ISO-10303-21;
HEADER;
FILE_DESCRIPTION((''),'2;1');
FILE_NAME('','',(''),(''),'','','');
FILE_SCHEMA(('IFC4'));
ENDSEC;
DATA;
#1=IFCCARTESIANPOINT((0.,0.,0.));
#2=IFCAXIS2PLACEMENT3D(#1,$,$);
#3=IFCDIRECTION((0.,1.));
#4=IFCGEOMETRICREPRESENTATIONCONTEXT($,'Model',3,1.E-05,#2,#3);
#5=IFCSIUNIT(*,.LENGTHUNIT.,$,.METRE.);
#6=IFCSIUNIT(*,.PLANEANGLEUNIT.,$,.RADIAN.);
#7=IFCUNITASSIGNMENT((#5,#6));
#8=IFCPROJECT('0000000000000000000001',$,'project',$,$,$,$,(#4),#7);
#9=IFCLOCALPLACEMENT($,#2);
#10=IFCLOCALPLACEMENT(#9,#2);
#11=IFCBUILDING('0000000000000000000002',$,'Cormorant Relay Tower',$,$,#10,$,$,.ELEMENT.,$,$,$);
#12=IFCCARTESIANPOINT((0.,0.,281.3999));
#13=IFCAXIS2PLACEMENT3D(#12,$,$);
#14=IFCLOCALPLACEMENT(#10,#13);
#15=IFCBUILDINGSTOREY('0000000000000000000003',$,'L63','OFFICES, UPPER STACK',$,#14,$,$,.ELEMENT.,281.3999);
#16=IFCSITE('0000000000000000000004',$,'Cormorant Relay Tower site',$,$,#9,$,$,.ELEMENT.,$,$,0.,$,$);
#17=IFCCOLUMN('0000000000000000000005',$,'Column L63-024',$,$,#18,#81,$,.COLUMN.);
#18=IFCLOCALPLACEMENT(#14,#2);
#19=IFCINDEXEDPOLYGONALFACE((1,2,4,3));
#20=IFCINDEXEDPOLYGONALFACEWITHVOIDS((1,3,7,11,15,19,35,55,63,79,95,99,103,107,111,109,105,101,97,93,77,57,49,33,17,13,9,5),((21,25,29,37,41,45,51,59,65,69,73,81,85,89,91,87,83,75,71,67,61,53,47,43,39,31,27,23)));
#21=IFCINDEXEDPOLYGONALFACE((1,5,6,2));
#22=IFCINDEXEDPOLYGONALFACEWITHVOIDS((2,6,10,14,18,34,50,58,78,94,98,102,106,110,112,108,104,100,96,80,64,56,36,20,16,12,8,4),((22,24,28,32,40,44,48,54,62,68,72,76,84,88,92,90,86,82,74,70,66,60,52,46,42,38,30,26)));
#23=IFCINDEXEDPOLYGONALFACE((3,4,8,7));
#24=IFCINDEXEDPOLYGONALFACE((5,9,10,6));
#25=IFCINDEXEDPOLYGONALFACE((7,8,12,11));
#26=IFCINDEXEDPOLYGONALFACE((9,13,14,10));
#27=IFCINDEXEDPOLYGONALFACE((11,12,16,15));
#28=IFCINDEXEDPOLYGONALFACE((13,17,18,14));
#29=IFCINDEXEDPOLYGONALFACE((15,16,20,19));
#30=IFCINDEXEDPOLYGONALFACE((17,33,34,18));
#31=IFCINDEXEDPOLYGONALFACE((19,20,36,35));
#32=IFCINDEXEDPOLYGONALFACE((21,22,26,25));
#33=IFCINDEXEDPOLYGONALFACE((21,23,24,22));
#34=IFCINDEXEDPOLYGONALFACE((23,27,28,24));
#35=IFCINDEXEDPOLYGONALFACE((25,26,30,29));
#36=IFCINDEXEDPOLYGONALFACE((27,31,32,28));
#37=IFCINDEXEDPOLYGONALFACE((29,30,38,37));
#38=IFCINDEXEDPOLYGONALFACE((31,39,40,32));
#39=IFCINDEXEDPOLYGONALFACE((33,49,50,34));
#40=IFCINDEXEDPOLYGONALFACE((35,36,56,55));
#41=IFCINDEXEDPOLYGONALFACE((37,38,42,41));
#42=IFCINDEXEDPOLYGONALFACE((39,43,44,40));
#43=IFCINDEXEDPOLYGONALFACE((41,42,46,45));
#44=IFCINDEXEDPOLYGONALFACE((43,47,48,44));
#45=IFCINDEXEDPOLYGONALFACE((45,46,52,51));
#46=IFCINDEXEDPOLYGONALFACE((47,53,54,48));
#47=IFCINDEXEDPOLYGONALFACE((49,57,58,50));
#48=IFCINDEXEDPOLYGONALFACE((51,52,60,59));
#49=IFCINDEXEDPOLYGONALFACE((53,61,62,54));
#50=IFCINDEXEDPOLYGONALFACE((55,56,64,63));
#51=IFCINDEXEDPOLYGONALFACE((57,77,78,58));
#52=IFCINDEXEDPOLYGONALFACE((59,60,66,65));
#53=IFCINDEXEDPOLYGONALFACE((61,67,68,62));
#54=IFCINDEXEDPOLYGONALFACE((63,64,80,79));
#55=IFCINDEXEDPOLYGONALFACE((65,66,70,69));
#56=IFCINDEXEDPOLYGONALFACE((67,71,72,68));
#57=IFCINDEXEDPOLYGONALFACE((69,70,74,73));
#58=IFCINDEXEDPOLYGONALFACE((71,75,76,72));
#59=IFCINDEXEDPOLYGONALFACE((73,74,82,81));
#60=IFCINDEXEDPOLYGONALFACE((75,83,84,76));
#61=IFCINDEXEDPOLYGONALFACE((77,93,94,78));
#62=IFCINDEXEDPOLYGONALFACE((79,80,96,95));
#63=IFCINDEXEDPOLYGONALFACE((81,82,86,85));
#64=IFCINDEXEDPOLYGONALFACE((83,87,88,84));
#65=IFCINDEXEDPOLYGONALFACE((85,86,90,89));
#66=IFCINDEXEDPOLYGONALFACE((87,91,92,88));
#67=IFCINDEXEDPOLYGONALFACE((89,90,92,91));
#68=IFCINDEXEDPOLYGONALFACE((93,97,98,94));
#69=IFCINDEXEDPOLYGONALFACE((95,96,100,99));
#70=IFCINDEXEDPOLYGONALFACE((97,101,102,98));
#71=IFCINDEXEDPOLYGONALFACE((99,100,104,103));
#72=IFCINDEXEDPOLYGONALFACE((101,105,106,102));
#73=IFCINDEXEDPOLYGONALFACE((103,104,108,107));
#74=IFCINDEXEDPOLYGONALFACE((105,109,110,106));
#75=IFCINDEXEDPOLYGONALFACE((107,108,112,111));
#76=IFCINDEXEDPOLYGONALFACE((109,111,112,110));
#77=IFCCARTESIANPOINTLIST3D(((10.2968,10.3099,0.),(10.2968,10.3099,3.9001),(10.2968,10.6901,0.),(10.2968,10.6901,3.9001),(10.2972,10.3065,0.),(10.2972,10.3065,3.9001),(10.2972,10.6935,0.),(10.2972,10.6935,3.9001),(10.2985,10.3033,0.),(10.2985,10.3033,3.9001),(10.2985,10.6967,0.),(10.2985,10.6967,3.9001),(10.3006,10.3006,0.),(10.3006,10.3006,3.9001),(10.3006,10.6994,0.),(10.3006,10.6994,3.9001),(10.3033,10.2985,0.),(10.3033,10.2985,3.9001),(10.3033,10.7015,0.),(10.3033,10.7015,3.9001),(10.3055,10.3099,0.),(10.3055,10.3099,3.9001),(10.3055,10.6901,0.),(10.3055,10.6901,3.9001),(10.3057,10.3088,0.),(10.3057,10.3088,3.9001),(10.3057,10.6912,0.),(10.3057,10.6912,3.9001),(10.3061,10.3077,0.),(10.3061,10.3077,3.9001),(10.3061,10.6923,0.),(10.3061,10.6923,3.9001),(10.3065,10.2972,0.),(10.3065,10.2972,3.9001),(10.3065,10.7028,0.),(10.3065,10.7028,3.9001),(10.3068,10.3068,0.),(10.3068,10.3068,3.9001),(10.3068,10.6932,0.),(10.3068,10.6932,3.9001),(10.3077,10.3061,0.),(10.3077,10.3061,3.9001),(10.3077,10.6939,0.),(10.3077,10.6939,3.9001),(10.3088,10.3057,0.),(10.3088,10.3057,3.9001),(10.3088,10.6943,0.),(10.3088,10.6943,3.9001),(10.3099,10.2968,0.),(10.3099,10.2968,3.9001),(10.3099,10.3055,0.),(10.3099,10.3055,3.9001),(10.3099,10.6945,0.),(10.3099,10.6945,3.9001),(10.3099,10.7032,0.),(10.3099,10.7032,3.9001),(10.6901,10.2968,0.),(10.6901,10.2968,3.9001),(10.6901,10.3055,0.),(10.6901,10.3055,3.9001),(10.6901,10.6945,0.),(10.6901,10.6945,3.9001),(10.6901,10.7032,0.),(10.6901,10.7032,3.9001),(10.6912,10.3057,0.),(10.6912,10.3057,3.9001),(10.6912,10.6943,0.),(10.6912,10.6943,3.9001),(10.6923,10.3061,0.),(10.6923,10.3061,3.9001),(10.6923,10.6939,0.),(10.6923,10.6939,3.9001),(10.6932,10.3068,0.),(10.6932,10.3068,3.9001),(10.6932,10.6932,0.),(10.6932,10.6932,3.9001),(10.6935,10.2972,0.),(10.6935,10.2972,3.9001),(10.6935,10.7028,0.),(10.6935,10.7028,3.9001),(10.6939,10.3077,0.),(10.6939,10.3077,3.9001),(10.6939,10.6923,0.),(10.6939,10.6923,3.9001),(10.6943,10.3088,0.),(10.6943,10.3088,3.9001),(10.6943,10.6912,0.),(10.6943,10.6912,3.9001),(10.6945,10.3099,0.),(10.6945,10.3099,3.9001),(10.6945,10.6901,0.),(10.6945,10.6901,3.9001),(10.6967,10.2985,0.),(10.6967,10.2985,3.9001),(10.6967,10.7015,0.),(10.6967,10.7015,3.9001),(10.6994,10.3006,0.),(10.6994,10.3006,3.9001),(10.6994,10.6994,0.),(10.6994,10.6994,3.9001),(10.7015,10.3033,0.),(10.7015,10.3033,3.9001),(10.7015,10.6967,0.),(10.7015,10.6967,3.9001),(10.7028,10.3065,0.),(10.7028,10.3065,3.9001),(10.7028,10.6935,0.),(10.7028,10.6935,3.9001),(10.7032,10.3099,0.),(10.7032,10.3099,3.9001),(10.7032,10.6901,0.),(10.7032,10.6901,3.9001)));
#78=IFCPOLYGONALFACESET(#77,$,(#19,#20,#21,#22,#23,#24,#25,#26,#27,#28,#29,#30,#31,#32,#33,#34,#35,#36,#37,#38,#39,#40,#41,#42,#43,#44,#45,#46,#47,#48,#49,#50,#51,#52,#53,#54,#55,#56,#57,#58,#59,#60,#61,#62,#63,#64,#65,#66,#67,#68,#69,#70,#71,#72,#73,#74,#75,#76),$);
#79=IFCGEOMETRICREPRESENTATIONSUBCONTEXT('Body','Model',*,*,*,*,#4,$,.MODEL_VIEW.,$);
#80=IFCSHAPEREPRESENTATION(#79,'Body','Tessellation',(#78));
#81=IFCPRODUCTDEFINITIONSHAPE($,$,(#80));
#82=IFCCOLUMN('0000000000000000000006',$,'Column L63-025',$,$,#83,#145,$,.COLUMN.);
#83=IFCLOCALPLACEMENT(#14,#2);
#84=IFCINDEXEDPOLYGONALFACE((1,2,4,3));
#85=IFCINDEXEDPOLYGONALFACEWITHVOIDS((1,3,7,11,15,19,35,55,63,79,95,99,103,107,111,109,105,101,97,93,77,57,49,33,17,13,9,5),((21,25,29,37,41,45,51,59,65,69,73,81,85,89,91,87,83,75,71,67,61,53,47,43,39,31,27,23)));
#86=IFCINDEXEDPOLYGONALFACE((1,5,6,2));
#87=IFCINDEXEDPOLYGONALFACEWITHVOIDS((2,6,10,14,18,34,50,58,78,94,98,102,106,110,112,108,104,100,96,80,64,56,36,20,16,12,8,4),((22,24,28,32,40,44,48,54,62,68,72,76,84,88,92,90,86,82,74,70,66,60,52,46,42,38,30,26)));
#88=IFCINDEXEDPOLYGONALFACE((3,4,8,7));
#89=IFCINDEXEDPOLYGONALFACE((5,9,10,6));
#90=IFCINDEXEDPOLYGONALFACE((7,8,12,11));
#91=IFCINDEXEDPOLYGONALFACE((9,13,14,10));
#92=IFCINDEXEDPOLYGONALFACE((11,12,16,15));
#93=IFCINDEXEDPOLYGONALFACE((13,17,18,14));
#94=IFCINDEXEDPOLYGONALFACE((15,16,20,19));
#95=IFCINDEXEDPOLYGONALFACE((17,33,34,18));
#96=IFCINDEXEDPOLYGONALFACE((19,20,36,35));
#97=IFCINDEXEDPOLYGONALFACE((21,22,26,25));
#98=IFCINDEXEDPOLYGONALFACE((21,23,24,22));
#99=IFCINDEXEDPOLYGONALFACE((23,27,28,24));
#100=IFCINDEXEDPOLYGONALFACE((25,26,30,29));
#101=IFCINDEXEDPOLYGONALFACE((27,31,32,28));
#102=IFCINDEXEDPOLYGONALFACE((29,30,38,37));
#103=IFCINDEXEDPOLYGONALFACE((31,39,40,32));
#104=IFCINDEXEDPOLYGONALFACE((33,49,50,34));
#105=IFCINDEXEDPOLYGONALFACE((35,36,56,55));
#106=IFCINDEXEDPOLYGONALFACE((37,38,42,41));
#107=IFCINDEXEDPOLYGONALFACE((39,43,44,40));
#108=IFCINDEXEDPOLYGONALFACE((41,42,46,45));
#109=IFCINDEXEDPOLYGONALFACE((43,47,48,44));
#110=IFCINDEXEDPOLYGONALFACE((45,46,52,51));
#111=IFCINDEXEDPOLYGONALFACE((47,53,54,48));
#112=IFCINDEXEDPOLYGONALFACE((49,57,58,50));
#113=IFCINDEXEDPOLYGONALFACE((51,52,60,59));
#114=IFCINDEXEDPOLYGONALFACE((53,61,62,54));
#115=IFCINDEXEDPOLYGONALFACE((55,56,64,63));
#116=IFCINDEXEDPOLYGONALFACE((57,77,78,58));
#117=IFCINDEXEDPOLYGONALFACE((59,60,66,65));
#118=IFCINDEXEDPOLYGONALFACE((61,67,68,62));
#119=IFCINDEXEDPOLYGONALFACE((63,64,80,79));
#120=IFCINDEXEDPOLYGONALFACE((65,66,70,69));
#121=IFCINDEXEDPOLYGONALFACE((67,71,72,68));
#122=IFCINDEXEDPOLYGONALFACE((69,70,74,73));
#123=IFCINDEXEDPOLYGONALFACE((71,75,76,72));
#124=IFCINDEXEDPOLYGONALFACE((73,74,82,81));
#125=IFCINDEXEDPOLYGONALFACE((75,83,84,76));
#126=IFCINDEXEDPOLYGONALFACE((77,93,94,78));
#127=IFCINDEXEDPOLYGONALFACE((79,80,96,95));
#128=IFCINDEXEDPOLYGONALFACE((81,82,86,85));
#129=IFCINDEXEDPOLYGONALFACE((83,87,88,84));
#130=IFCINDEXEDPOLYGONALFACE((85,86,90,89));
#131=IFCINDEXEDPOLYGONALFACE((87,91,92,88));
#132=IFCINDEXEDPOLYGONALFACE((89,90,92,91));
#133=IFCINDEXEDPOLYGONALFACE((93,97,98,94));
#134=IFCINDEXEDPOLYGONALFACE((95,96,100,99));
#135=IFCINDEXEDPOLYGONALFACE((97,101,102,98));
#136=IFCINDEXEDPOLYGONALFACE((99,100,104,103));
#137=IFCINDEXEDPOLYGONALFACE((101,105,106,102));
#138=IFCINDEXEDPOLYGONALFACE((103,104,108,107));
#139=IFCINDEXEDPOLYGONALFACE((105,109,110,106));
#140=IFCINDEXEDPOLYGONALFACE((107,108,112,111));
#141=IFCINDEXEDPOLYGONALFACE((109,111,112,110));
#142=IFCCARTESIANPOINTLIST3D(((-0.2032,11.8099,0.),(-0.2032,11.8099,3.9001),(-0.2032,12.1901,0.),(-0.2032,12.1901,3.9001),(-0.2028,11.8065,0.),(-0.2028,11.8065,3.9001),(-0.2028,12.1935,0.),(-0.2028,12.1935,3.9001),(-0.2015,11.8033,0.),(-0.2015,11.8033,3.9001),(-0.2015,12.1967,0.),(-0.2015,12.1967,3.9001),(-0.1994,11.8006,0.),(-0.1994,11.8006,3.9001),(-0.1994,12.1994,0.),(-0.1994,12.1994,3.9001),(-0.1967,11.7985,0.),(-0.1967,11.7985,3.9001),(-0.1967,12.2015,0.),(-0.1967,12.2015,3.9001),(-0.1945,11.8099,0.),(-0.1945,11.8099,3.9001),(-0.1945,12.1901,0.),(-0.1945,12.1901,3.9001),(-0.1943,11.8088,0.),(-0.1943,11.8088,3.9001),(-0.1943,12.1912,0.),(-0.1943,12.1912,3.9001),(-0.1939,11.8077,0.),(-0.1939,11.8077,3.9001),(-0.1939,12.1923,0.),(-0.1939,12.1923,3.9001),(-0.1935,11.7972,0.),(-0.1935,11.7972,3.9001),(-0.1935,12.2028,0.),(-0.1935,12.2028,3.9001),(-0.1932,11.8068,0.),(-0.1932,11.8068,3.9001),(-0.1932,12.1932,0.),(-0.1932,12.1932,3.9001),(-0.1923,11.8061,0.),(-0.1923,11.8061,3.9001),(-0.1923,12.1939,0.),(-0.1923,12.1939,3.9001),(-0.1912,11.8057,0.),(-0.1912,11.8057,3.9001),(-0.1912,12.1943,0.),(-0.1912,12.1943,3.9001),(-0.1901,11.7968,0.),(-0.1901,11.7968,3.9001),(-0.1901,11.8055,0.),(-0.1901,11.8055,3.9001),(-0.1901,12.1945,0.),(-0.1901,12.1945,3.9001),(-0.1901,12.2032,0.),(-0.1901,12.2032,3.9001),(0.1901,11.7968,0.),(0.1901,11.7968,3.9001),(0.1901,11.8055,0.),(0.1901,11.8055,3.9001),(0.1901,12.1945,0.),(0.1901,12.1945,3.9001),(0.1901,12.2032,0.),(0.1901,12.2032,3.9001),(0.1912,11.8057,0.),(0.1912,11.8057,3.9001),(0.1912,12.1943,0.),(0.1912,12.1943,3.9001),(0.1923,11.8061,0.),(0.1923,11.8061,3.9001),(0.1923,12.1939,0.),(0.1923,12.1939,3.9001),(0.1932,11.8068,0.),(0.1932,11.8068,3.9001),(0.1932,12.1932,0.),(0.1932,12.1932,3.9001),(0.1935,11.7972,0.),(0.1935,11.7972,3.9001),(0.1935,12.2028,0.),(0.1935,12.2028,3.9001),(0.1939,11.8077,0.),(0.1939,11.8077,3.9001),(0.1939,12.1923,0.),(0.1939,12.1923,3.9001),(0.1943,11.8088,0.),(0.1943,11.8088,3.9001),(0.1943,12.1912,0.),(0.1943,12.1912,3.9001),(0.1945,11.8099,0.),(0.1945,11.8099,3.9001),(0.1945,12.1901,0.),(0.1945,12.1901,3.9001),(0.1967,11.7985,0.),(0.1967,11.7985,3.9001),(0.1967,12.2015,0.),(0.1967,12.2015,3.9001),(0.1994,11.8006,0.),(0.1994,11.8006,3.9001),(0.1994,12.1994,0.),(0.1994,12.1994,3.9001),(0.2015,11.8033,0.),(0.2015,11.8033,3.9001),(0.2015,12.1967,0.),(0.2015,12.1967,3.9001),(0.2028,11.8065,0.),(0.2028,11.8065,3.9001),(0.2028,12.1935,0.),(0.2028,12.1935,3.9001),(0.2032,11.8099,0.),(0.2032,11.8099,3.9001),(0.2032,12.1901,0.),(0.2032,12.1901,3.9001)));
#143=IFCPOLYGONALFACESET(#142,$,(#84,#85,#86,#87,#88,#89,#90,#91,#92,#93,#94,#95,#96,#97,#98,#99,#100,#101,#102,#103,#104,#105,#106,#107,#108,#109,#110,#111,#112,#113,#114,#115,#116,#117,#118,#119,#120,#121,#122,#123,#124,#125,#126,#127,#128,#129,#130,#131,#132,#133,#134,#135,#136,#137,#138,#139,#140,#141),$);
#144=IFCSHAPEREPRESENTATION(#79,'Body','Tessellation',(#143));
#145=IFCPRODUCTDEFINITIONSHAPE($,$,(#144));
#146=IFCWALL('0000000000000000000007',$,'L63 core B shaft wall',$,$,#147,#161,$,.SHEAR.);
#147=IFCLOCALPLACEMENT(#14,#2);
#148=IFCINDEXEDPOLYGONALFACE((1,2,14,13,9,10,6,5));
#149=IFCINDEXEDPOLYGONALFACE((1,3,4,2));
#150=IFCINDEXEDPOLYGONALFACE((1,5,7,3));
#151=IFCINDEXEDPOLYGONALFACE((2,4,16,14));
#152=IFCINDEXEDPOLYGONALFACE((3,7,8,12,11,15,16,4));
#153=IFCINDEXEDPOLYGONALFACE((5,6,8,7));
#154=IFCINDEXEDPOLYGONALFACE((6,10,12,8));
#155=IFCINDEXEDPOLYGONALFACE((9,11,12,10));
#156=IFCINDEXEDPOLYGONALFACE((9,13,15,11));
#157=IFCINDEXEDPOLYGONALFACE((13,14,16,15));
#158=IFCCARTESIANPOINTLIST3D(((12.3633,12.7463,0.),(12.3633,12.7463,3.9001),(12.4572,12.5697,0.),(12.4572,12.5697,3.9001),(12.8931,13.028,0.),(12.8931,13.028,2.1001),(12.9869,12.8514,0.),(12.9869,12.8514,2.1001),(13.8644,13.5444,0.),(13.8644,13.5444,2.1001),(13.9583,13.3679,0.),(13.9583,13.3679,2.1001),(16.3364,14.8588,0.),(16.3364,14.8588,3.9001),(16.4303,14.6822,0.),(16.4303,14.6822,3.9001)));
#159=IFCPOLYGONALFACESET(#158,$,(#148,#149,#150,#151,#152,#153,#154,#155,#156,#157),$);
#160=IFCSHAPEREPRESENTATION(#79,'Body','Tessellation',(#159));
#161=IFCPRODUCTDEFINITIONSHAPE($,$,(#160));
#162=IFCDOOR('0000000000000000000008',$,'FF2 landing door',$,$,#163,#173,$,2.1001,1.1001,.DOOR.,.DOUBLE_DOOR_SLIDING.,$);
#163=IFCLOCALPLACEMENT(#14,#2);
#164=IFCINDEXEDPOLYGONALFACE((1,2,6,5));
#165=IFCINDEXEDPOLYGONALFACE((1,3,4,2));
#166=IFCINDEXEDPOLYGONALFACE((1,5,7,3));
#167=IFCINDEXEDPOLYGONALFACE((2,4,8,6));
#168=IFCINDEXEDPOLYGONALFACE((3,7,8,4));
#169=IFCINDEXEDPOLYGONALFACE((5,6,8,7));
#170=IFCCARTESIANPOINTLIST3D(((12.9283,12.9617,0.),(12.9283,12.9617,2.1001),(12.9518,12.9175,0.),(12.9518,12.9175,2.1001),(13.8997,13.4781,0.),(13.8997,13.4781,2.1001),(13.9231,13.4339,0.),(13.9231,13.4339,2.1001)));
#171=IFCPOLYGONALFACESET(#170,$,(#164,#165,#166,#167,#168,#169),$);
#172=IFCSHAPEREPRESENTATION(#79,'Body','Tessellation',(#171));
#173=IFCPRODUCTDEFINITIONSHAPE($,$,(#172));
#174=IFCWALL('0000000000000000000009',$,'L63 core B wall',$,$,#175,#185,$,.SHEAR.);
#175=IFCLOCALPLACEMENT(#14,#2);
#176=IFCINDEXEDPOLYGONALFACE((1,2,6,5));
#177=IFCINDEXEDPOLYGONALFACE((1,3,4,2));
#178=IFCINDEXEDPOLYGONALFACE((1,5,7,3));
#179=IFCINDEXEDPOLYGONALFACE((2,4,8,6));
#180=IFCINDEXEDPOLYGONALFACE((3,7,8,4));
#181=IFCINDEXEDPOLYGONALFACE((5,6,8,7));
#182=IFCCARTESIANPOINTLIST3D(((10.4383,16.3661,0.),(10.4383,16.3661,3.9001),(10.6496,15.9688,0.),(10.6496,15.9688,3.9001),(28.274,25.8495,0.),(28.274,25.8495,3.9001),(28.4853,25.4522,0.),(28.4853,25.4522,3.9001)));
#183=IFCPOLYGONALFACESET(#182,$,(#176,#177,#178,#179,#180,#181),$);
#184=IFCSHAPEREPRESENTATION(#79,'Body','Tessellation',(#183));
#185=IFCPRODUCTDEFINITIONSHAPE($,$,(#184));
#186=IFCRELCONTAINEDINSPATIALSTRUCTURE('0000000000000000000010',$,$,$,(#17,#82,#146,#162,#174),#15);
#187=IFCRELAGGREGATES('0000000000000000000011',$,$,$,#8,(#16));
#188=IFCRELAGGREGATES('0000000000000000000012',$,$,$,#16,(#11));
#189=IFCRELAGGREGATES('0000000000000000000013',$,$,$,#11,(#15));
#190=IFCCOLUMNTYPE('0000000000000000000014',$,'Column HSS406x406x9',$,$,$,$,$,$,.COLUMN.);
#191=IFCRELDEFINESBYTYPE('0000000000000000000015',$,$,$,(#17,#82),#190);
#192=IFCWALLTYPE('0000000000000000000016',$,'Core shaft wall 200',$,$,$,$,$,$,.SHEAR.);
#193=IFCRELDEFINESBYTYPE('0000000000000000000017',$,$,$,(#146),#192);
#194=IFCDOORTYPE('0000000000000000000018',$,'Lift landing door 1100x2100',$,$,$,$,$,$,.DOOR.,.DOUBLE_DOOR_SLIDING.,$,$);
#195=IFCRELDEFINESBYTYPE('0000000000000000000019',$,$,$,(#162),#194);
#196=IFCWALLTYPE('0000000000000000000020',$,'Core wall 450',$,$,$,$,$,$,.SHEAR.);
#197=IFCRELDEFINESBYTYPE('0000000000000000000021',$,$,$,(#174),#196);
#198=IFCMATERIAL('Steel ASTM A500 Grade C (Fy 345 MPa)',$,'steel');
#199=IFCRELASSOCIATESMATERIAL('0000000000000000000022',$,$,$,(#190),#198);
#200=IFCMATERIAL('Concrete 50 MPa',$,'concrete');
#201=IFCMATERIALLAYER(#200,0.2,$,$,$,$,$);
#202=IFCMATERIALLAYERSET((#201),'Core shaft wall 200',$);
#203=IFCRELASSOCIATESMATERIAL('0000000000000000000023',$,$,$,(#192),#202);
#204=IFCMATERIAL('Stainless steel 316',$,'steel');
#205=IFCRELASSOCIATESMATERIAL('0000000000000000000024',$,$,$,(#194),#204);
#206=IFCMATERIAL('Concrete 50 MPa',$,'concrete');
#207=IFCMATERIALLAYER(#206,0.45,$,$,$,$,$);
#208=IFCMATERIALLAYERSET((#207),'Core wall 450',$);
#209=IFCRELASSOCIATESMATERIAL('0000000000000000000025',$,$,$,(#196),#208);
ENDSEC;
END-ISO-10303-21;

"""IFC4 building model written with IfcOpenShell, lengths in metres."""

from ifc_helpers import new_model, si_unit, direction, frame, frame_2d, origin, origin_2d, place, context, subcontext, project, spatial, rectangle, hollow_rectangle, extrude, material, layer, layer_set, material_profile, profile_set, type_object, element, fill, save


model = new_model("IFC4")

# Units and contexts
model_context = context("Model", 3, precision=1e-05, world=origin(), true_north=direction((0.0, 1.0)))
body_context = subcontext(model_context, "Body", "Model", "MODEL_VIEW")
ifc_project = project(units=[si_unit("LENGTHUNIT", "METRE"), si_unit("PLANEANGLEUNIT", "RADIAN")], contexts=[model_context])

# Site, building, storey
site_placement = place(None, origin())
site = spatial("IfcSite", under=ifc_project, at=site_placement, Name="Cormorant Relay Tower site", CompositionType="ELEMENT", RefElevation=0.0)
building_placement = place(site_placement, origin())
building = spatial("IfcBuilding", under=site, at=building_placement, Name="Cormorant Relay Tower", CompositionType="ELEMENT")
storey_placement = place(building_placement, frame((0.0, 0.0, 281.3999)))
storey = spatial("IfcBuildingStorey", under=building, at=storey_placement, Name="L63", Description="OFFICES, UPPER STACK", CompositionType="ELEMENT", Elevation=281.3999)

# Columns
ifc_material_1 = material(Name="Steel ASTM A500 Grade C (Fy 345 MPa)", Category="steel")
ifc_material_profile = material_profile(ifc_material_1, hollow_rectangle(XDim=0.4065, YDim=0.4065, WallThickness=0.0088, InnerFilletRadius=0.0044, OuterFilletRadius=0.0132, at=origin_2d()), Name="HSS406x406x9")
ifc_profile_set = profile_set([ifc_material_profile], Name="Steel ASTM A500 Grade C (Fy 345 MPa)")
column_type = type_object("IfcColumnType", Name="Column HSS406x406x9", PredefinedType="COLUMN", material=ifc_profile_set)
for number, where, z_axis, x_axis, name in (
    (1, (10.5, 10.5, 0.0), (0.0, 0.0, 1.0), (1.0, 0.0, 0.0), "Column L63-024"),
    (2, (0.0, 12.0, 0.0), (0.0, 0.0, 1.0), (1.0, 0.0, 0.0), "Column L63-025"),
):
    element("IfcColumn", number, at=place(storey_placement, frame(where, z_axis=z_axis, x_axis=x_axis)), inside=storey, type_object=column_type, Name=name, PredefinedType="COLUMN", context=body_context, shape_type="SweptSolid", body=[
        extrude(hollow_rectangle(XDim=0.4065, YDim=0.4065, WallThickness=0.0088, InnerFilletRadius=0.0044, OuterFilletRadius=0.0132, at=origin_2d()), origin(), (0.0, 0.0, 1.0), 3.9001),
    ])

# Wall, opening, door
ifc_material_2 = material(Name="Concrete 50 MPa", Category="concrete")
ifc_layer_1 = layer(ifc_material_2, 0.2)
ifc_layer_set_1 = layer_set([ifc_layer_1], Name="Core shaft wall 200")
wall_type_1 = type_object("IfcWallType", Name="Core shaft wall 200", PredefinedType="SHEAR", material=ifc_layer_set_1)
wall_1_placement = place(storey_placement, frame((12.4102, 12.658, 0.0), z_axis=(0.0, 0.0, 1.0), x_axis=(0.882948, 0.46947, 0.0)))
wall_1 = element("IfcWall", 3, at=wall_1_placement, inside=storey, type_object=wall_type_1, Name="L63 core B shaft wall", PredefinedType="SHEAR", context=body_context, shape_type="SweptSolid", body=[
    extrude(rectangle(XDim=4.4998, YDim=0.2, at=frame_2d((2.25, 0.0))), origin(), (0.0, 0.0, 1.0), 3.9001),
])
opening_1_placement = place(wall_1_placement, frame((0.6001, 0.0, 0.0)))
opening_1 = element("IfcOpeningElement", 4, at=opening_1_placement, cuts=wall_1, PredefinedType="OPENING", context=body_context, shape_type="SweptSolid", body=[
    extrude(rectangle(XDim=1.1001, YDim=2.1001, at=frame_2d((0.55, 1.05))), frame((0.0, 0.1099, 0.0), z_axis=(0.0, -1.0, 0.0), x_axis=(1.0, 0.0, 0.0)), (0.0, 0.0, 1.0), 0.22),
])
ifc_material_3 = material(Name="Stainless steel 316", Category="steel")
door_type_1 = type_object("IfcDoorType", Name="Lift landing door 1100x2100", OperationType="DOUBLE_DOOR_SLIDING", PredefinedType="DOOR", material=ifc_material_3)
door_1_placement = place(opening_1_placement, origin())
door_1 = element("IfcDoor", 5, at=door_1_placement, inside=storey, type_object=door_type_1, Name="FF2 landing door", OperationType="DOUBLE_DOOR_SLIDING", OverallHeight=2.1001, OverallWidth=1.1001, PredefinedType="DOOR", context=body_context, shape_type="SweptSolid", body=[
    extrude(rectangle(XDim=1.1001, YDim=2.1001, at=frame_2d((0.55, 1.05))), frame((0.0, 0.0249, 0.0), z_axis=(0.0, -1.0, 0.0), x_axis=(1.0, 0.0, 0.0)), (0.0, 0.0, 1.0), 0.05),
])
fill(opening_1, door_1)

# Wall
ifc_material_4 = material(Name="Concrete 50 MPa", Category="concrete")
ifc_layer_2 = layer(ifc_material_4, 0.45)
ifc_layer_set_2 = layer_set([ifc_layer_2], Name="Core wall 450")
wall_type_2 = type_object("IfcWallType", Name="Core wall 450", PredefinedType="SHEAR", material=ifc_layer_set_2)
wall_2_placement = place(storey_placement, frame((10.5439, 16.1675, 0.0), z_axis=(0.0, 0.0, 1.0), x_axis=(0.882948, 0.469471, 0.0)))
element("IfcWall", 6, at=wall_2_placement, inside=storey, type_object=wall_type_2, Name="L63 core B wall", PredefinedType="SHEAR", context=body_context, shape_type="SweptSolid", body=[
    extrude(rectangle(XDim=20.2002, YDim=0.45, at=frame_2d((10.1001, 0.0))), origin(), (0.0, 0.0, 1.0), 3.9001),
])

save(model, "model.ifc")
